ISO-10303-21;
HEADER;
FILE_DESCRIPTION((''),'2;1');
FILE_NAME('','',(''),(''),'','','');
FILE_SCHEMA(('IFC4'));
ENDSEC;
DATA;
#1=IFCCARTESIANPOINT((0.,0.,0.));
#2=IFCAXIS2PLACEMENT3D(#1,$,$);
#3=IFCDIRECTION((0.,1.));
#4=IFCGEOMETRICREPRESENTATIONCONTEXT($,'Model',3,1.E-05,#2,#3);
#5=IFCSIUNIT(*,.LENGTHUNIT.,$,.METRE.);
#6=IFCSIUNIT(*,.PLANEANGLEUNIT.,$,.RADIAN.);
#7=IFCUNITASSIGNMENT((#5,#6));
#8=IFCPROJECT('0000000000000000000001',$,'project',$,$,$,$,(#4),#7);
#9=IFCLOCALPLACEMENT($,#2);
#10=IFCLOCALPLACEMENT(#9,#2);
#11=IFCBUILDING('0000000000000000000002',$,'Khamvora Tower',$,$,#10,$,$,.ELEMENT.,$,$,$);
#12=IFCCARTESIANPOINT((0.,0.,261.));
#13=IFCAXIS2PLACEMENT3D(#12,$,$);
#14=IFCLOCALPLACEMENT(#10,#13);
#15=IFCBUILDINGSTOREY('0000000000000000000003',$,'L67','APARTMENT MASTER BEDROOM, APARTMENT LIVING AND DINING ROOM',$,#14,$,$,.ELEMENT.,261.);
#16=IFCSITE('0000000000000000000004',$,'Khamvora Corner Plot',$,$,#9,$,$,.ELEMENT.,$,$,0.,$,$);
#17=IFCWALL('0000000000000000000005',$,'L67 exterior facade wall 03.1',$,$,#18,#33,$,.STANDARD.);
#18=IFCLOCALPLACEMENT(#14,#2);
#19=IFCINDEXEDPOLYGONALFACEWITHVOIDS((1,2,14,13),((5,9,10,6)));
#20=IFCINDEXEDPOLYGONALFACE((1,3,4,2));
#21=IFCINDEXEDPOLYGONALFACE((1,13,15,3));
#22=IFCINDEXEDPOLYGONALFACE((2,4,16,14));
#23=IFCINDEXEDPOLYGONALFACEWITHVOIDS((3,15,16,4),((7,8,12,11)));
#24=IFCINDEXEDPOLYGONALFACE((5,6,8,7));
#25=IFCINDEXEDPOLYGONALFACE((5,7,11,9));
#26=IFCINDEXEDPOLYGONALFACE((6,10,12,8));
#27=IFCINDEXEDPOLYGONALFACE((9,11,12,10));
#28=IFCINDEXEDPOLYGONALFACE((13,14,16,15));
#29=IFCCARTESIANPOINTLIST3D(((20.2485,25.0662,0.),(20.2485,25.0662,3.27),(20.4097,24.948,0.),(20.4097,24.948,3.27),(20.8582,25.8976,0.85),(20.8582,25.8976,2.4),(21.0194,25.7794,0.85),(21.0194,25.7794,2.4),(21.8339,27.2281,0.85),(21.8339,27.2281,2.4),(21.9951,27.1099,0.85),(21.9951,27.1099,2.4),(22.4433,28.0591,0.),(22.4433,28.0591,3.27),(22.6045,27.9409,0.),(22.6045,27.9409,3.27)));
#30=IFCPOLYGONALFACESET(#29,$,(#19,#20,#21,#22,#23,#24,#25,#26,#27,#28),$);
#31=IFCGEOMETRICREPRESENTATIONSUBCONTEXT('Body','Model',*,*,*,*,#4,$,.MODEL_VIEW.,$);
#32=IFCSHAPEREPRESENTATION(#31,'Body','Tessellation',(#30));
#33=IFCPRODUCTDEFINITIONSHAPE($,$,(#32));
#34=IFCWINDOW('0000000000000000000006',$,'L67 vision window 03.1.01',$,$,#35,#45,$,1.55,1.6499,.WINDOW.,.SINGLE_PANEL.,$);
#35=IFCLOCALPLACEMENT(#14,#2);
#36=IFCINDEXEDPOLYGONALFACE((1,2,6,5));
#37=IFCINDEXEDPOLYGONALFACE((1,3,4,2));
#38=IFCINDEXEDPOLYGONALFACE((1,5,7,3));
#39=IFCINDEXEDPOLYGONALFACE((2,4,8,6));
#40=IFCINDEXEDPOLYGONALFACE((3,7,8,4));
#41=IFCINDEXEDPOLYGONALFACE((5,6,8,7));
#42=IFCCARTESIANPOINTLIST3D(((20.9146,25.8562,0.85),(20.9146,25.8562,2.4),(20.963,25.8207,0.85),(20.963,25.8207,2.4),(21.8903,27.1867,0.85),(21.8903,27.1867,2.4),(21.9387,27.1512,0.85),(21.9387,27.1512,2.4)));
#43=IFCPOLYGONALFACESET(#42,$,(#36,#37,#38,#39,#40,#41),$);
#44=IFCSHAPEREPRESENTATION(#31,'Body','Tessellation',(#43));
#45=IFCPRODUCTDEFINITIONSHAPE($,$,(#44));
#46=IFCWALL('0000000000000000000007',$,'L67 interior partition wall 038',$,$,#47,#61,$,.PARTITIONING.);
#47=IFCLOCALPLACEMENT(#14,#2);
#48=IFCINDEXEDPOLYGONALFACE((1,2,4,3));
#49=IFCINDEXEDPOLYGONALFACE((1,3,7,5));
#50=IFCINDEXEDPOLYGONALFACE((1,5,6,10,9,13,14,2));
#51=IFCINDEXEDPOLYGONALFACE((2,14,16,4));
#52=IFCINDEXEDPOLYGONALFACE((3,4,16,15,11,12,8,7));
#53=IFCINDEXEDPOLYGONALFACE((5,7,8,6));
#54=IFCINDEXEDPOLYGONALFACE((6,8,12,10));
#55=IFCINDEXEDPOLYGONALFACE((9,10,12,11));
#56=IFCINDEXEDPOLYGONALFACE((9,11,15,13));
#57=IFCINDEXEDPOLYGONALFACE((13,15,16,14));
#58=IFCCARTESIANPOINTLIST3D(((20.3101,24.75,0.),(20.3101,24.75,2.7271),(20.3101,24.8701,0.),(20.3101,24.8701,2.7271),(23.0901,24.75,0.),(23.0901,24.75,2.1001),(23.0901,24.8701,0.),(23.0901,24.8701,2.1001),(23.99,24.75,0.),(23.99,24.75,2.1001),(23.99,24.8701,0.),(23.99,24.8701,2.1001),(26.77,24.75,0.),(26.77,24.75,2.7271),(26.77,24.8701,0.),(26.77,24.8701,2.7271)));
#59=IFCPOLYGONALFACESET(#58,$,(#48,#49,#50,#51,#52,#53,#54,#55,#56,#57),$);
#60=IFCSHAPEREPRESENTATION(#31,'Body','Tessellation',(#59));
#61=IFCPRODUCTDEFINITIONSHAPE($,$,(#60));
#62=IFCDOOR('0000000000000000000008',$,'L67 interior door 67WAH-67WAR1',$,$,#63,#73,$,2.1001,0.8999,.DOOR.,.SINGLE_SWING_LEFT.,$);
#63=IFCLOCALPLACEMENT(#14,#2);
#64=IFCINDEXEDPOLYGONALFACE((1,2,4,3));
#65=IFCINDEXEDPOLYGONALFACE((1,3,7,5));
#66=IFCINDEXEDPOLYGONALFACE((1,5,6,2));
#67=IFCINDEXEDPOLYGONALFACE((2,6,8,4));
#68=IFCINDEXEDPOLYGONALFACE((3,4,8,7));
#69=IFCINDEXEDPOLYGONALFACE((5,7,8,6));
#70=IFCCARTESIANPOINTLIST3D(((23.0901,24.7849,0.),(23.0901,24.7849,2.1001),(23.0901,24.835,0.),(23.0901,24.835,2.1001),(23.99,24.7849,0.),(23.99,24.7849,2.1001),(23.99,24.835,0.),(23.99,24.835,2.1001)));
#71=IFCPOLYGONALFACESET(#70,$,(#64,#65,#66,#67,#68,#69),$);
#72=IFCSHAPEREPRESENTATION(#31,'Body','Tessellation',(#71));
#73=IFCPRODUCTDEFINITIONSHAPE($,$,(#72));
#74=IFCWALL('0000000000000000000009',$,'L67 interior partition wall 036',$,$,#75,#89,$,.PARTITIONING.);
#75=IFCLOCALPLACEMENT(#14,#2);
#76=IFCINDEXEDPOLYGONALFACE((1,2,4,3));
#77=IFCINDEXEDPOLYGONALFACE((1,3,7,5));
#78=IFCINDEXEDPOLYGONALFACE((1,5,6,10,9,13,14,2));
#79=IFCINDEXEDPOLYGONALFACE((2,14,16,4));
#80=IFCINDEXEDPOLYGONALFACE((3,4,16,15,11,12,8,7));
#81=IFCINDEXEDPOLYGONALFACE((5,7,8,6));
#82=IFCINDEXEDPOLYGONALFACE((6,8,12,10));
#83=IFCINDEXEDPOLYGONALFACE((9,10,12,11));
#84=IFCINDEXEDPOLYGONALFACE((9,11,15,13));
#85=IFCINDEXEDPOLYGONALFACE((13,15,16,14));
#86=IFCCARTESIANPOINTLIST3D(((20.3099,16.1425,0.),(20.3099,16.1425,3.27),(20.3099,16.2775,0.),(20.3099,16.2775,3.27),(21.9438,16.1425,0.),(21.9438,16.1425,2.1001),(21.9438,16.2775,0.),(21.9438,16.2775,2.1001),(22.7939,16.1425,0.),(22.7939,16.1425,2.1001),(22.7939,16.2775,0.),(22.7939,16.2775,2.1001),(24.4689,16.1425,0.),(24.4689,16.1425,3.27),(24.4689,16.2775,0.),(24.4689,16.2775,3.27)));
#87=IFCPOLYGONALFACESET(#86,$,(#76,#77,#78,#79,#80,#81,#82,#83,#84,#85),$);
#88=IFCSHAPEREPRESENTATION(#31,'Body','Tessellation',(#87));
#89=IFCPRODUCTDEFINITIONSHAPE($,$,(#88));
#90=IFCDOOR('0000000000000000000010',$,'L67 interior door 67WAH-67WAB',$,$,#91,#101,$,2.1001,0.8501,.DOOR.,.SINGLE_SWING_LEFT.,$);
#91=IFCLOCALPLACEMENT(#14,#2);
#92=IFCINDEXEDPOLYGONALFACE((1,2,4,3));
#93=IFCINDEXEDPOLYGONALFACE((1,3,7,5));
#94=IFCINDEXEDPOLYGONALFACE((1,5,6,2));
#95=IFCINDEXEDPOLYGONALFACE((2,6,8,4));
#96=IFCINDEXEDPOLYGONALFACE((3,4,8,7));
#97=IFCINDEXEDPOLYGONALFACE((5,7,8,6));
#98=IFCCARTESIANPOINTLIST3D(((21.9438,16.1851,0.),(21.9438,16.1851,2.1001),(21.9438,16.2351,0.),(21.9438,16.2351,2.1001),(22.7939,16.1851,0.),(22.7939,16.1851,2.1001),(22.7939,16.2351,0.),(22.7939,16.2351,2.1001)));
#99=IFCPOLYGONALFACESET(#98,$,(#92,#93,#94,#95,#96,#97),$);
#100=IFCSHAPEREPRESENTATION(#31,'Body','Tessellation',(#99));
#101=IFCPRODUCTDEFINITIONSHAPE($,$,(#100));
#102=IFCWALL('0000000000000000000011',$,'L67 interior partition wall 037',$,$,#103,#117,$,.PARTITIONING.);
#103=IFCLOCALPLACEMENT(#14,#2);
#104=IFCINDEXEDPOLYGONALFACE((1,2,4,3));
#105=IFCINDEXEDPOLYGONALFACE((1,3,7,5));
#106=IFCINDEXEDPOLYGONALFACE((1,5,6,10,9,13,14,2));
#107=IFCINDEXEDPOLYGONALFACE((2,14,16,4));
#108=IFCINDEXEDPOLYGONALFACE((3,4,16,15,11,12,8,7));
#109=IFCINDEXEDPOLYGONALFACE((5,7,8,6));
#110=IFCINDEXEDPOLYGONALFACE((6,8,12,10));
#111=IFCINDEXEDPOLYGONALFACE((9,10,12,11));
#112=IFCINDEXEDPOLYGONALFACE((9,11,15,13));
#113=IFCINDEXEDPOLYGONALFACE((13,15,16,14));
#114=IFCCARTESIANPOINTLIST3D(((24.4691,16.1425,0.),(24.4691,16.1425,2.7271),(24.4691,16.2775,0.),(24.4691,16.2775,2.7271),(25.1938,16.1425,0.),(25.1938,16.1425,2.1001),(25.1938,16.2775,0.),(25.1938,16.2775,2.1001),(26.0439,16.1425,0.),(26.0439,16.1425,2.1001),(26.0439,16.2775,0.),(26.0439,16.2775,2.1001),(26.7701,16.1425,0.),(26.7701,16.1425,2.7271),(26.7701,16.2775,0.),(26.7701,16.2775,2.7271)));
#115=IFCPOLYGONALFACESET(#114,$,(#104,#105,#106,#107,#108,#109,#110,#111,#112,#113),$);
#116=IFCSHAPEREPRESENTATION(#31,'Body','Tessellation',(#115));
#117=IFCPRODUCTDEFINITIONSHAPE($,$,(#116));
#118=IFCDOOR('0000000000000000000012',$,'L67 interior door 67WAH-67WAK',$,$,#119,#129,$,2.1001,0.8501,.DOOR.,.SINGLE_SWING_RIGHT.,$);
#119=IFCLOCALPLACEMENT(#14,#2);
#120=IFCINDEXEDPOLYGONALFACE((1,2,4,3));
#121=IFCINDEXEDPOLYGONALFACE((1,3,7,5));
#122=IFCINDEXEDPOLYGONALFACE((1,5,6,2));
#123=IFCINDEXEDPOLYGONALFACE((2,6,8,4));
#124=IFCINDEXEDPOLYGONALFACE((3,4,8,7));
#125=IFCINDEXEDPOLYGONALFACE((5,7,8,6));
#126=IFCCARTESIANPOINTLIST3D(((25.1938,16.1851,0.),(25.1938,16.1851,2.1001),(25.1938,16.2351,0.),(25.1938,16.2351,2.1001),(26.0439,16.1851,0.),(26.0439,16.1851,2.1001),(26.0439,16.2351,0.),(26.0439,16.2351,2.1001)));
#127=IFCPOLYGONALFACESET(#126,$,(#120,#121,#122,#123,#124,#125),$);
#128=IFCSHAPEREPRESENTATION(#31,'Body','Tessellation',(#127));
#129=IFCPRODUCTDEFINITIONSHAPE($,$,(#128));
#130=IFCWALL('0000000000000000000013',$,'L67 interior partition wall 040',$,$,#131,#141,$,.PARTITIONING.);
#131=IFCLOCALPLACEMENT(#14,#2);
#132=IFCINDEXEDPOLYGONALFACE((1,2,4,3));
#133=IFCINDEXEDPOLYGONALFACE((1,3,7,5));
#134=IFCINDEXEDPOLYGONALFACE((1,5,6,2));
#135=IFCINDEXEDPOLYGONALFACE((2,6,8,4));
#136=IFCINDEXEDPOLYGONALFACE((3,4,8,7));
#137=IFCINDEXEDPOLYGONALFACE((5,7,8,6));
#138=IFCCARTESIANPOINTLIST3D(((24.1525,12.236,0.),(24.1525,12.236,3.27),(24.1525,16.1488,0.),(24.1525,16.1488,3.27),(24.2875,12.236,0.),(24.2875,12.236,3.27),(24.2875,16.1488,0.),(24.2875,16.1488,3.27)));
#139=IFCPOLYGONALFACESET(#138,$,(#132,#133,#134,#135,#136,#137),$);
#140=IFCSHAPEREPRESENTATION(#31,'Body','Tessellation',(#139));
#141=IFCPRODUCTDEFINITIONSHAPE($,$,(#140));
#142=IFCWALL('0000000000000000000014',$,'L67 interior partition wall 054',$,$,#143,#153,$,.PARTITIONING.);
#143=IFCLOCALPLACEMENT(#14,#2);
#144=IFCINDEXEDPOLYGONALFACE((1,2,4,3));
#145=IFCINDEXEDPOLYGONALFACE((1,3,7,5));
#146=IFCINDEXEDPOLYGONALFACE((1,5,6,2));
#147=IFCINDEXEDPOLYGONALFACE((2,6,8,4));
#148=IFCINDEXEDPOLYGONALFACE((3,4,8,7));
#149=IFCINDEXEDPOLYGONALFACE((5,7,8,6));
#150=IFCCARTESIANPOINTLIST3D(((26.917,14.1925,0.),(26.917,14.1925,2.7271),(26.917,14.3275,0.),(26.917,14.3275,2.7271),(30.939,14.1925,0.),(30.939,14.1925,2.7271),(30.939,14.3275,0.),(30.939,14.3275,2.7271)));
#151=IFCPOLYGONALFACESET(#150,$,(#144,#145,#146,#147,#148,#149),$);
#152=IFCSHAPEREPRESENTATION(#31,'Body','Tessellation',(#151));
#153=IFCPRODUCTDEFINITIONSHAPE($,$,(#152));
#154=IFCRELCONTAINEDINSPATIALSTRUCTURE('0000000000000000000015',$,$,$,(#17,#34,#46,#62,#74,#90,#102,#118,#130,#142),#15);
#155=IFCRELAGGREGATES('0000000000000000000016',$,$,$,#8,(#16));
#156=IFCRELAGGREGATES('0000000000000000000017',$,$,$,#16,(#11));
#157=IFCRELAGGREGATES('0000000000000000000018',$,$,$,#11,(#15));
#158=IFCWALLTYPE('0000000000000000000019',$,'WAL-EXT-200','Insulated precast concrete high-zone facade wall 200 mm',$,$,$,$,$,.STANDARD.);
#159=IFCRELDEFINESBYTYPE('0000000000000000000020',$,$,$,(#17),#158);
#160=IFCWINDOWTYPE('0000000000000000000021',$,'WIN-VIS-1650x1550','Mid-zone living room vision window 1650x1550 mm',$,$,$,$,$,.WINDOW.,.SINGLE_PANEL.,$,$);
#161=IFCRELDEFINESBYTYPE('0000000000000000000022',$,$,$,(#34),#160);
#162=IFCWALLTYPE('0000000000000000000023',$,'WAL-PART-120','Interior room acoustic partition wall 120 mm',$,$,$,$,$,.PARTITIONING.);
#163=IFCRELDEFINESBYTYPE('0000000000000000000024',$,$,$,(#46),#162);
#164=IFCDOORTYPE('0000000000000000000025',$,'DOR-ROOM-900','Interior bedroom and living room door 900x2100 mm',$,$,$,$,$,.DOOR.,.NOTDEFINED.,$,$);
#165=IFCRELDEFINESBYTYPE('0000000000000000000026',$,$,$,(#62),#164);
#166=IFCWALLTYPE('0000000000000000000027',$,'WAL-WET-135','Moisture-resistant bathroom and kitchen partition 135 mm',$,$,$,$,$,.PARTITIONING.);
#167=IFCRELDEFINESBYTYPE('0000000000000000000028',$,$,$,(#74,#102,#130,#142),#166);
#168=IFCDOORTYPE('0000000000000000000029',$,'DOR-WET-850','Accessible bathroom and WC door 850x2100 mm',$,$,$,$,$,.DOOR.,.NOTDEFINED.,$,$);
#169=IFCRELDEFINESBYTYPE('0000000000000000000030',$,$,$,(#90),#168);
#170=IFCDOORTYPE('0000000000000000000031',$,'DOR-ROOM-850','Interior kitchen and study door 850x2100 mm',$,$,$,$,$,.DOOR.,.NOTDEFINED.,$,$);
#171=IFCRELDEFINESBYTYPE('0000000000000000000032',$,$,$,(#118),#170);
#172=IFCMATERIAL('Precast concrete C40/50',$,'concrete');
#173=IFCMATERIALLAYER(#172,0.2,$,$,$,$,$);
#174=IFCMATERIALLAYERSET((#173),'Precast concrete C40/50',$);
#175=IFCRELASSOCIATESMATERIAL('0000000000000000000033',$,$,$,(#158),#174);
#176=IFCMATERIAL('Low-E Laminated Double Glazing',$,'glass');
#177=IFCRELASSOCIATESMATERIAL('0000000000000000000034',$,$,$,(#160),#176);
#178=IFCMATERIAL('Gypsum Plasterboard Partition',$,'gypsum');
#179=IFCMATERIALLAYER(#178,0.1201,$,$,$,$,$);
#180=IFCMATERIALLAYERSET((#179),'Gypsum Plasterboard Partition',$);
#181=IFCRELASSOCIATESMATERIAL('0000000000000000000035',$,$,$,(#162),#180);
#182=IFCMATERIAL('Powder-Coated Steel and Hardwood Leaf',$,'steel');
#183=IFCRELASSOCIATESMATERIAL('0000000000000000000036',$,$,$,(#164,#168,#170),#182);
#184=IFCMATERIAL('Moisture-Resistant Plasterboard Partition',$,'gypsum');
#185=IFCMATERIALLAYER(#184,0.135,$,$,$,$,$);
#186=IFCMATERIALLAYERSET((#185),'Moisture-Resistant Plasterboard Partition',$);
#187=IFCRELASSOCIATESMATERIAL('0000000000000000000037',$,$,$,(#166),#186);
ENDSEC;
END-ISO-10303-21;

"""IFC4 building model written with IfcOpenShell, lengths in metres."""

from ifc_helpers import new_model, si_unit, direction, frame, frame_2d, origin, place, context, subcontext, project, spatial, rectangle, extrude, material, layer, layer_set, type_object, element, fill, save


model = new_model("IFC4")

# Units and contexts
model_context = context("Model", 3, precision=1e-05, world=origin(), true_north=direction((0.0, 1.0)))
body_context = subcontext(model_context, "Body", "Model", "MODEL_VIEW")
ifc_project = project(units=[si_unit("LENGTHUNIT", "METRE"), si_unit("PLANEANGLEUNIT", "RADIAN")], contexts=[model_context])

# Site, building, storey
site_placement = place(None, origin())
site = spatial("IfcSite", under=ifc_project, at=site_placement, Name="Khamvora Corner Plot", CompositionType="ELEMENT", RefElevation=0.0)
building_placement = place(site_placement, origin())
building = spatial("IfcBuilding", under=site, at=building_placement, Name="Khamvora Tower", CompositionType="ELEMENT")
storey_placement = place(building_placement, frame((0.0, 0.0, 261.0)))
storey = spatial("IfcBuildingStorey", under=building, at=storey_placement, Name="L67", Description="APARTMENT MASTER BEDROOM, APARTMENT LIVING AND DINING ROOM", CompositionType="ELEMENT", Elevation=261.0)

# Shared definitions
ifc_material_1 = material(Name="Powder-Coated Steel and Hardwood Leaf", Category="steel")

# Shared definitions
ifc_material_2 = material(Name="Precast concrete C40/50", Category="concrete")
ifc_layer_1 = layer(ifc_material_2, 0.2)
ifc_layer_set_1 = layer_set([ifc_layer_1], Name="Precast concrete C40/50")
wall_type_1 = type_object("IfcWallType", Name="WAL-EXT-200", Description="Insulated precast concrete high-zone facade wall 200 mm", PredefinedType="STANDARD", material=ifc_layer_set_1)

# Wall, opening, window
wall_1_placement = place(storey_placement, frame((20.3291, 25.0071, 0.0), z_axis=(0.0, 0.0, 1.0), x_axis=(0.591367, 0.806403, 0.0)))
wall_1 = element("IfcWall", 1, at=wall_1_placement, inside=storey, type_object=wall_type_1, Name="L67 exterior facade wall 03.1", PredefinedType="STANDARD", context=body_context, shape_type="SweptSolid", body=[
    extrude(rectangle(XDim=3.7114, YDim=0.2, at=frame_2d((1.8557, 0.0))), origin(), (0.0, 0.0, 1.0), 3.27),
])
opening_1_placement = place(wall_1_placement, frame((1.031, 0.0, 0.8501)))
opening_1 = element("IfcOpeningElement", 2, at=opening_1_placement, cuts=wall_1, PredefinedType="OPENING", context=body_context, shape_type="SweptSolid", body=[
    extrude(rectangle(XDim=1.6499, YDim=1.55, at=frame_2d((0.825, 0.7749))), frame((0.0, 0.1099, 0.0), z_axis=(0.0, -1.0, 0.0), x_axis=(1.0, 0.0, 0.0)), (0.0, 0.0, 1.0), 0.22),
])
ifc_material_3 = material(Name="Low-E Laminated Double Glazing", Category="glass")
window_type = type_object("IfcWindowType", Name="WIN-VIS-1650x1550", Description="Mid-zone living room vision window 1650x1550 mm", PartitioningType="SINGLE_PANEL", PredefinedType="WINDOW", material=ifc_material_3)
window_placement = place(opening_1_placement, origin())
window = element("IfcWindow", 3, at=window_placement, inside=storey, type_object=window_type, Name="L67 vision window 03.1.01", OverallHeight=1.55, OverallWidth=1.6499, PartitioningType="SINGLE_PANEL", PredefinedType="WINDOW", context=body_context, shape_type="SweptSolid", body=[
    extrude(rectangle(XDim=1.6499, YDim=1.55, at=frame_2d((0.825, 0.7749))), frame((0.0, 0.03, 0.0), z_axis=(0.0, -1.0, 0.0), x_axis=(1.0, 0.0, 0.0)), (0.0, 0.0, 1.0), 0.0601),
])
fill(opening_1, window)

# Walls, openings, doors
ifc_material_4 = material(Name="Gypsum Plasterboard Partition", Category="gypsum")
ifc_layer_2 = layer(ifc_material_4, 0.1201)
ifc_layer_set_2 = layer_set([ifc_layer_2], Name="Gypsum Plasterboard Partition")
wall_type_2 = type_object("IfcWallType", Name="WAL-PART-120", Description="Interior room acoustic partition wall 120 mm", PredefinedType="PARTITIONING", material=ifc_layer_set_2)
wall_2_placement = place(storey_placement, frame((20.3101, 24.8101, 0.0), z_axis=(0.0, 0.0, 1.0), x_axis=(1.0, 0.0, 0.0)))
wall_2 = element("IfcWall", 4, at=wall_2_placement, inside=storey, type_object=wall_type_2, Name="L67 interior partition wall 038", PredefinedType="PARTITIONING", context=body_context, shape_type="SweptSolid", body=[
    extrude(rectangle(XDim=6.46, YDim=0.1201, at=frame_2d((3.23, 0.0))), origin(), (0.0, 0.0, 1.0), 2.7271),
])
opening_2_placement = place(wall_2_placement, frame((2.78, 0.0, 0.0)))
opening_2 = element("IfcOpeningElement", 5, at=opening_2_placement, cuts=wall_2, PredefinedType="OPENING", context=body_context, shape_type="SweptSolid", body=[
    extrude(rectangle(XDim=0.8999, YDim=2.1001, at=frame_2d((0.45, 1.05))), frame((0.0, 0.0701, 0.0), z_axis=(0.0, -1.0, 0.0), x_axis=(1.0, 0.0, 0.0)), (0.0, 0.0, 1.0), 0.1401),
])
door_type_1 = type_object("IfcDoorType", Name="DOR-ROOM-900", Description="Interior bedroom and living room door 900x2100 mm", OperationType="NOTDEFINED", PredefinedType="DOOR", material=ifc_material_1)
door_1_placement = place(opening_2_placement, origin())
door_1 = element("IfcDoor", 6, at=door_1_placement, inside=storey, type_object=door_type_1, Name="L67 interior door 67WAH-67WAR1", OperationType="SINGLE_SWING_LEFT", OverallHeight=2.1001, OverallWidth=0.8999, PredefinedType="DOOR", context=body_context, shape_type="SweptSolid", body=[
    extrude(rectangle(XDim=0.8999, YDim=2.1001, at=frame_2d((0.45, 1.05))), frame((0.0, 0.0249, 0.0), z_axis=(0.0, -1.0, 0.0), x_axis=(1.0, 0.0, 0.0)), (0.0, 0.0, 1.0), 0.05),
])
fill(opening_2, door_1)
ifc_material_5 = material(Name="Moisture-Resistant Plasterboard Partition", Category="gypsum")
ifc_layer_3 = layer(ifc_material_5, 0.135)
ifc_layer_set_3 = layer_set([ifc_layer_3], Name="Moisture-Resistant Plasterboard Partition")
wall_type_3 = type_object("IfcWallType", Name="WAL-WET-135", Description="Moisture-resistant bathroom and kitchen partition 135 mm", PredefinedType="PARTITIONING", material=ifc_layer_set_3)
wall_3_placement = place(storey_placement, frame((24.469, 16.21, 0.0), z_axis=(0.0, 0.0, 1.0), x_axis=(-1.0, 0.0, 0.0)))
wall_3 = element("IfcWall", 7, at=wall_3_placement, inside=storey, type_object=wall_type_3, Name="L67 interior partition wall 036", PredefinedType="PARTITIONING", context=body_context, shape_type="SweptSolid", body=[
    extrude(rectangle(XDim=4.1589, YDim=0.135, at=frame_2d((2.0796, 0.0))), origin(), (0.0, 0.0, 1.0), 3.27),
])
opening_3_placement = place(wall_3_placement, frame((1.675, 0.0, 0.0)))
opening_3 = element("IfcOpeningElement", 8, at=opening_3_placement, cuts=wall_3, PredefinedType="OPENING", context=body_context, shape_type="SweptSolid", body=[
    extrude(rectangle(XDim=0.8501, YDim=2.1001, at=frame_2d((0.425, 1.05))), frame((0.0, 0.0774, 0.0), z_axis=(0.0, -1.0, 0.0), x_axis=(1.0, 0.0, 0.0)), (0.0, 0.0, 1.0), 0.155),
])
door_type_2 = type_object("IfcDoorType", Name="DOR-WET-850", Description="Accessible bathroom and WC door 850x2100 mm", OperationType="NOTDEFINED", PredefinedType="DOOR", material=ifc_material_1)
door_2_placement = place(opening_3_placement, origin())
door_2 = element("IfcDoor", 9, at=door_2_placement, inside=storey, type_object=door_type_2, Name="L67 interior door 67WAH-67WAB", OperationType="SINGLE_SWING_LEFT", OverallHeight=2.1001, OverallWidth=0.8501, PredefinedType="DOOR", context=body_context, shape_type="SweptSolid", body=[
    extrude(rectangle(XDim=0.8501, YDim=2.1001, at=frame_2d((0.425, 1.05))), frame((0.0, 0.0249, 0.0), z_axis=(0.0, -1.0, 0.0), x_axis=(1.0, 0.0, 0.0)), (0.0, 0.0, 1.0), 0.05),
])
fill(opening_3, door_2)
wall_4_placement = place(storey_placement, frame((26.77, 16.21, 0.0), z_axis=(0.0, 0.0, 1.0), x_axis=(-1.0, 0.0, 0.0)))
wall_4 = element("IfcWall", 10, at=wall_4_placement, inside=storey, type_object=wall_type_3, Name="L67 interior partition wall 037", PredefinedType="PARTITIONING", context=body_context, shape_type="SweptSolid", body=[
    extrude(rectangle(XDim=2.301, YDim=0.135, at=frame_2d((1.1504, 0.0))), origin(), (0.0, 0.0, 1.0), 2.7271),
])
opening_4_placement = place(wall_4_placement, frame((0.7261, 0.0, 0.0)))
opening_4 = element("IfcOpeningElement", 11, at=opening_4_placement, cuts=wall_4, PredefinedType="OPENING", context=body_context, shape_type="SweptSolid", body=[
    extrude(rectangle(XDim=0.8501, YDim=2.1001, at=frame_2d((0.425, 1.05))), frame((0.0, 0.0774, 0.0), z_axis=(0.0, -1.0, 0.0), x_axis=(1.0, 0.0, 0.0)), (0.0, 0.0, 1.0), 0.155),
])
door_type_3 = type_object("IfcDoorType", Name="DOR-ROOM-850", Description="Interior kitchen and study door 850x2100 mm", OperationType="NOTDEFINED", PredefinedType="DOOR", material=ifc_material_1)
door_3_placement = place(opening_4_placement, origin())
door_3 = element("IfcDoor", 12, at=door_3_placement, inside=storey, type_object=door_type_3, Name="L67 interior door 67WAH-67WAK", OperationType="SINGLE_SWING_RIGHT", OverallHeight=2.1001, OverallWidth=0.8501, PredefinedType="DOOR", context=body_context, shape_type="SweptSolid", body=[
    extrude(rectangle(XDim=0.8501, YDim=2.1001, at=frame_2d((0.425, 1.05))), frame((0.0, 0.0249, 0.0), z_axis=(0.0, -1.0, 0.0), x_axis=(1.0, 0.0, 0.0)), (0.0, 0.0, 1.0), 0.05),
])
fill(opening_4, door_3)

# Walls
wall_5_placement = place(storey_placement, frame((24.22, 16.1489, 0.0), z_axis=(0.0, 0.0, 1.0), x_axis=(0.0, -1.0, 0.0)))
element("IfcWall", 13, at=wall_5_placement, inside=storey, type_object=wall_type_3, Name="L67 interior partition wall 040", PredefinedType="PARTITIONING", context=body_context, shape_type="SweptSolid", body=[
    extrude(rectangle(XDim=3.9128, YDim=0.135, at=frame_2d((1.9565, 0.0))), origin(), (0.0, 0.0, 1.0), 3.27),
])
wall_6_placement = place(storey_placement, frame((26.917, 14.26, 0.0), z_axis=(0.0, 0.0, 1.0), x_axis=(1.0, 0.0, 0.0)))
element("IfcWall", 14, at=wall_6_placement, inside=storey, type_object=wall_type_3, Name="L67 interior partition wall 054", PredefinedType="PARTITIONING", context=body_context, shape_type="SweptSolid", body=[
    extrude(rectangle(XDim=4.022, YDim=0.135, at=frame_2d((2.011, 0.0))), origin(), (0.0, 0.0, 1.0), 2.7271),
])

save(model, "model.ifc")
